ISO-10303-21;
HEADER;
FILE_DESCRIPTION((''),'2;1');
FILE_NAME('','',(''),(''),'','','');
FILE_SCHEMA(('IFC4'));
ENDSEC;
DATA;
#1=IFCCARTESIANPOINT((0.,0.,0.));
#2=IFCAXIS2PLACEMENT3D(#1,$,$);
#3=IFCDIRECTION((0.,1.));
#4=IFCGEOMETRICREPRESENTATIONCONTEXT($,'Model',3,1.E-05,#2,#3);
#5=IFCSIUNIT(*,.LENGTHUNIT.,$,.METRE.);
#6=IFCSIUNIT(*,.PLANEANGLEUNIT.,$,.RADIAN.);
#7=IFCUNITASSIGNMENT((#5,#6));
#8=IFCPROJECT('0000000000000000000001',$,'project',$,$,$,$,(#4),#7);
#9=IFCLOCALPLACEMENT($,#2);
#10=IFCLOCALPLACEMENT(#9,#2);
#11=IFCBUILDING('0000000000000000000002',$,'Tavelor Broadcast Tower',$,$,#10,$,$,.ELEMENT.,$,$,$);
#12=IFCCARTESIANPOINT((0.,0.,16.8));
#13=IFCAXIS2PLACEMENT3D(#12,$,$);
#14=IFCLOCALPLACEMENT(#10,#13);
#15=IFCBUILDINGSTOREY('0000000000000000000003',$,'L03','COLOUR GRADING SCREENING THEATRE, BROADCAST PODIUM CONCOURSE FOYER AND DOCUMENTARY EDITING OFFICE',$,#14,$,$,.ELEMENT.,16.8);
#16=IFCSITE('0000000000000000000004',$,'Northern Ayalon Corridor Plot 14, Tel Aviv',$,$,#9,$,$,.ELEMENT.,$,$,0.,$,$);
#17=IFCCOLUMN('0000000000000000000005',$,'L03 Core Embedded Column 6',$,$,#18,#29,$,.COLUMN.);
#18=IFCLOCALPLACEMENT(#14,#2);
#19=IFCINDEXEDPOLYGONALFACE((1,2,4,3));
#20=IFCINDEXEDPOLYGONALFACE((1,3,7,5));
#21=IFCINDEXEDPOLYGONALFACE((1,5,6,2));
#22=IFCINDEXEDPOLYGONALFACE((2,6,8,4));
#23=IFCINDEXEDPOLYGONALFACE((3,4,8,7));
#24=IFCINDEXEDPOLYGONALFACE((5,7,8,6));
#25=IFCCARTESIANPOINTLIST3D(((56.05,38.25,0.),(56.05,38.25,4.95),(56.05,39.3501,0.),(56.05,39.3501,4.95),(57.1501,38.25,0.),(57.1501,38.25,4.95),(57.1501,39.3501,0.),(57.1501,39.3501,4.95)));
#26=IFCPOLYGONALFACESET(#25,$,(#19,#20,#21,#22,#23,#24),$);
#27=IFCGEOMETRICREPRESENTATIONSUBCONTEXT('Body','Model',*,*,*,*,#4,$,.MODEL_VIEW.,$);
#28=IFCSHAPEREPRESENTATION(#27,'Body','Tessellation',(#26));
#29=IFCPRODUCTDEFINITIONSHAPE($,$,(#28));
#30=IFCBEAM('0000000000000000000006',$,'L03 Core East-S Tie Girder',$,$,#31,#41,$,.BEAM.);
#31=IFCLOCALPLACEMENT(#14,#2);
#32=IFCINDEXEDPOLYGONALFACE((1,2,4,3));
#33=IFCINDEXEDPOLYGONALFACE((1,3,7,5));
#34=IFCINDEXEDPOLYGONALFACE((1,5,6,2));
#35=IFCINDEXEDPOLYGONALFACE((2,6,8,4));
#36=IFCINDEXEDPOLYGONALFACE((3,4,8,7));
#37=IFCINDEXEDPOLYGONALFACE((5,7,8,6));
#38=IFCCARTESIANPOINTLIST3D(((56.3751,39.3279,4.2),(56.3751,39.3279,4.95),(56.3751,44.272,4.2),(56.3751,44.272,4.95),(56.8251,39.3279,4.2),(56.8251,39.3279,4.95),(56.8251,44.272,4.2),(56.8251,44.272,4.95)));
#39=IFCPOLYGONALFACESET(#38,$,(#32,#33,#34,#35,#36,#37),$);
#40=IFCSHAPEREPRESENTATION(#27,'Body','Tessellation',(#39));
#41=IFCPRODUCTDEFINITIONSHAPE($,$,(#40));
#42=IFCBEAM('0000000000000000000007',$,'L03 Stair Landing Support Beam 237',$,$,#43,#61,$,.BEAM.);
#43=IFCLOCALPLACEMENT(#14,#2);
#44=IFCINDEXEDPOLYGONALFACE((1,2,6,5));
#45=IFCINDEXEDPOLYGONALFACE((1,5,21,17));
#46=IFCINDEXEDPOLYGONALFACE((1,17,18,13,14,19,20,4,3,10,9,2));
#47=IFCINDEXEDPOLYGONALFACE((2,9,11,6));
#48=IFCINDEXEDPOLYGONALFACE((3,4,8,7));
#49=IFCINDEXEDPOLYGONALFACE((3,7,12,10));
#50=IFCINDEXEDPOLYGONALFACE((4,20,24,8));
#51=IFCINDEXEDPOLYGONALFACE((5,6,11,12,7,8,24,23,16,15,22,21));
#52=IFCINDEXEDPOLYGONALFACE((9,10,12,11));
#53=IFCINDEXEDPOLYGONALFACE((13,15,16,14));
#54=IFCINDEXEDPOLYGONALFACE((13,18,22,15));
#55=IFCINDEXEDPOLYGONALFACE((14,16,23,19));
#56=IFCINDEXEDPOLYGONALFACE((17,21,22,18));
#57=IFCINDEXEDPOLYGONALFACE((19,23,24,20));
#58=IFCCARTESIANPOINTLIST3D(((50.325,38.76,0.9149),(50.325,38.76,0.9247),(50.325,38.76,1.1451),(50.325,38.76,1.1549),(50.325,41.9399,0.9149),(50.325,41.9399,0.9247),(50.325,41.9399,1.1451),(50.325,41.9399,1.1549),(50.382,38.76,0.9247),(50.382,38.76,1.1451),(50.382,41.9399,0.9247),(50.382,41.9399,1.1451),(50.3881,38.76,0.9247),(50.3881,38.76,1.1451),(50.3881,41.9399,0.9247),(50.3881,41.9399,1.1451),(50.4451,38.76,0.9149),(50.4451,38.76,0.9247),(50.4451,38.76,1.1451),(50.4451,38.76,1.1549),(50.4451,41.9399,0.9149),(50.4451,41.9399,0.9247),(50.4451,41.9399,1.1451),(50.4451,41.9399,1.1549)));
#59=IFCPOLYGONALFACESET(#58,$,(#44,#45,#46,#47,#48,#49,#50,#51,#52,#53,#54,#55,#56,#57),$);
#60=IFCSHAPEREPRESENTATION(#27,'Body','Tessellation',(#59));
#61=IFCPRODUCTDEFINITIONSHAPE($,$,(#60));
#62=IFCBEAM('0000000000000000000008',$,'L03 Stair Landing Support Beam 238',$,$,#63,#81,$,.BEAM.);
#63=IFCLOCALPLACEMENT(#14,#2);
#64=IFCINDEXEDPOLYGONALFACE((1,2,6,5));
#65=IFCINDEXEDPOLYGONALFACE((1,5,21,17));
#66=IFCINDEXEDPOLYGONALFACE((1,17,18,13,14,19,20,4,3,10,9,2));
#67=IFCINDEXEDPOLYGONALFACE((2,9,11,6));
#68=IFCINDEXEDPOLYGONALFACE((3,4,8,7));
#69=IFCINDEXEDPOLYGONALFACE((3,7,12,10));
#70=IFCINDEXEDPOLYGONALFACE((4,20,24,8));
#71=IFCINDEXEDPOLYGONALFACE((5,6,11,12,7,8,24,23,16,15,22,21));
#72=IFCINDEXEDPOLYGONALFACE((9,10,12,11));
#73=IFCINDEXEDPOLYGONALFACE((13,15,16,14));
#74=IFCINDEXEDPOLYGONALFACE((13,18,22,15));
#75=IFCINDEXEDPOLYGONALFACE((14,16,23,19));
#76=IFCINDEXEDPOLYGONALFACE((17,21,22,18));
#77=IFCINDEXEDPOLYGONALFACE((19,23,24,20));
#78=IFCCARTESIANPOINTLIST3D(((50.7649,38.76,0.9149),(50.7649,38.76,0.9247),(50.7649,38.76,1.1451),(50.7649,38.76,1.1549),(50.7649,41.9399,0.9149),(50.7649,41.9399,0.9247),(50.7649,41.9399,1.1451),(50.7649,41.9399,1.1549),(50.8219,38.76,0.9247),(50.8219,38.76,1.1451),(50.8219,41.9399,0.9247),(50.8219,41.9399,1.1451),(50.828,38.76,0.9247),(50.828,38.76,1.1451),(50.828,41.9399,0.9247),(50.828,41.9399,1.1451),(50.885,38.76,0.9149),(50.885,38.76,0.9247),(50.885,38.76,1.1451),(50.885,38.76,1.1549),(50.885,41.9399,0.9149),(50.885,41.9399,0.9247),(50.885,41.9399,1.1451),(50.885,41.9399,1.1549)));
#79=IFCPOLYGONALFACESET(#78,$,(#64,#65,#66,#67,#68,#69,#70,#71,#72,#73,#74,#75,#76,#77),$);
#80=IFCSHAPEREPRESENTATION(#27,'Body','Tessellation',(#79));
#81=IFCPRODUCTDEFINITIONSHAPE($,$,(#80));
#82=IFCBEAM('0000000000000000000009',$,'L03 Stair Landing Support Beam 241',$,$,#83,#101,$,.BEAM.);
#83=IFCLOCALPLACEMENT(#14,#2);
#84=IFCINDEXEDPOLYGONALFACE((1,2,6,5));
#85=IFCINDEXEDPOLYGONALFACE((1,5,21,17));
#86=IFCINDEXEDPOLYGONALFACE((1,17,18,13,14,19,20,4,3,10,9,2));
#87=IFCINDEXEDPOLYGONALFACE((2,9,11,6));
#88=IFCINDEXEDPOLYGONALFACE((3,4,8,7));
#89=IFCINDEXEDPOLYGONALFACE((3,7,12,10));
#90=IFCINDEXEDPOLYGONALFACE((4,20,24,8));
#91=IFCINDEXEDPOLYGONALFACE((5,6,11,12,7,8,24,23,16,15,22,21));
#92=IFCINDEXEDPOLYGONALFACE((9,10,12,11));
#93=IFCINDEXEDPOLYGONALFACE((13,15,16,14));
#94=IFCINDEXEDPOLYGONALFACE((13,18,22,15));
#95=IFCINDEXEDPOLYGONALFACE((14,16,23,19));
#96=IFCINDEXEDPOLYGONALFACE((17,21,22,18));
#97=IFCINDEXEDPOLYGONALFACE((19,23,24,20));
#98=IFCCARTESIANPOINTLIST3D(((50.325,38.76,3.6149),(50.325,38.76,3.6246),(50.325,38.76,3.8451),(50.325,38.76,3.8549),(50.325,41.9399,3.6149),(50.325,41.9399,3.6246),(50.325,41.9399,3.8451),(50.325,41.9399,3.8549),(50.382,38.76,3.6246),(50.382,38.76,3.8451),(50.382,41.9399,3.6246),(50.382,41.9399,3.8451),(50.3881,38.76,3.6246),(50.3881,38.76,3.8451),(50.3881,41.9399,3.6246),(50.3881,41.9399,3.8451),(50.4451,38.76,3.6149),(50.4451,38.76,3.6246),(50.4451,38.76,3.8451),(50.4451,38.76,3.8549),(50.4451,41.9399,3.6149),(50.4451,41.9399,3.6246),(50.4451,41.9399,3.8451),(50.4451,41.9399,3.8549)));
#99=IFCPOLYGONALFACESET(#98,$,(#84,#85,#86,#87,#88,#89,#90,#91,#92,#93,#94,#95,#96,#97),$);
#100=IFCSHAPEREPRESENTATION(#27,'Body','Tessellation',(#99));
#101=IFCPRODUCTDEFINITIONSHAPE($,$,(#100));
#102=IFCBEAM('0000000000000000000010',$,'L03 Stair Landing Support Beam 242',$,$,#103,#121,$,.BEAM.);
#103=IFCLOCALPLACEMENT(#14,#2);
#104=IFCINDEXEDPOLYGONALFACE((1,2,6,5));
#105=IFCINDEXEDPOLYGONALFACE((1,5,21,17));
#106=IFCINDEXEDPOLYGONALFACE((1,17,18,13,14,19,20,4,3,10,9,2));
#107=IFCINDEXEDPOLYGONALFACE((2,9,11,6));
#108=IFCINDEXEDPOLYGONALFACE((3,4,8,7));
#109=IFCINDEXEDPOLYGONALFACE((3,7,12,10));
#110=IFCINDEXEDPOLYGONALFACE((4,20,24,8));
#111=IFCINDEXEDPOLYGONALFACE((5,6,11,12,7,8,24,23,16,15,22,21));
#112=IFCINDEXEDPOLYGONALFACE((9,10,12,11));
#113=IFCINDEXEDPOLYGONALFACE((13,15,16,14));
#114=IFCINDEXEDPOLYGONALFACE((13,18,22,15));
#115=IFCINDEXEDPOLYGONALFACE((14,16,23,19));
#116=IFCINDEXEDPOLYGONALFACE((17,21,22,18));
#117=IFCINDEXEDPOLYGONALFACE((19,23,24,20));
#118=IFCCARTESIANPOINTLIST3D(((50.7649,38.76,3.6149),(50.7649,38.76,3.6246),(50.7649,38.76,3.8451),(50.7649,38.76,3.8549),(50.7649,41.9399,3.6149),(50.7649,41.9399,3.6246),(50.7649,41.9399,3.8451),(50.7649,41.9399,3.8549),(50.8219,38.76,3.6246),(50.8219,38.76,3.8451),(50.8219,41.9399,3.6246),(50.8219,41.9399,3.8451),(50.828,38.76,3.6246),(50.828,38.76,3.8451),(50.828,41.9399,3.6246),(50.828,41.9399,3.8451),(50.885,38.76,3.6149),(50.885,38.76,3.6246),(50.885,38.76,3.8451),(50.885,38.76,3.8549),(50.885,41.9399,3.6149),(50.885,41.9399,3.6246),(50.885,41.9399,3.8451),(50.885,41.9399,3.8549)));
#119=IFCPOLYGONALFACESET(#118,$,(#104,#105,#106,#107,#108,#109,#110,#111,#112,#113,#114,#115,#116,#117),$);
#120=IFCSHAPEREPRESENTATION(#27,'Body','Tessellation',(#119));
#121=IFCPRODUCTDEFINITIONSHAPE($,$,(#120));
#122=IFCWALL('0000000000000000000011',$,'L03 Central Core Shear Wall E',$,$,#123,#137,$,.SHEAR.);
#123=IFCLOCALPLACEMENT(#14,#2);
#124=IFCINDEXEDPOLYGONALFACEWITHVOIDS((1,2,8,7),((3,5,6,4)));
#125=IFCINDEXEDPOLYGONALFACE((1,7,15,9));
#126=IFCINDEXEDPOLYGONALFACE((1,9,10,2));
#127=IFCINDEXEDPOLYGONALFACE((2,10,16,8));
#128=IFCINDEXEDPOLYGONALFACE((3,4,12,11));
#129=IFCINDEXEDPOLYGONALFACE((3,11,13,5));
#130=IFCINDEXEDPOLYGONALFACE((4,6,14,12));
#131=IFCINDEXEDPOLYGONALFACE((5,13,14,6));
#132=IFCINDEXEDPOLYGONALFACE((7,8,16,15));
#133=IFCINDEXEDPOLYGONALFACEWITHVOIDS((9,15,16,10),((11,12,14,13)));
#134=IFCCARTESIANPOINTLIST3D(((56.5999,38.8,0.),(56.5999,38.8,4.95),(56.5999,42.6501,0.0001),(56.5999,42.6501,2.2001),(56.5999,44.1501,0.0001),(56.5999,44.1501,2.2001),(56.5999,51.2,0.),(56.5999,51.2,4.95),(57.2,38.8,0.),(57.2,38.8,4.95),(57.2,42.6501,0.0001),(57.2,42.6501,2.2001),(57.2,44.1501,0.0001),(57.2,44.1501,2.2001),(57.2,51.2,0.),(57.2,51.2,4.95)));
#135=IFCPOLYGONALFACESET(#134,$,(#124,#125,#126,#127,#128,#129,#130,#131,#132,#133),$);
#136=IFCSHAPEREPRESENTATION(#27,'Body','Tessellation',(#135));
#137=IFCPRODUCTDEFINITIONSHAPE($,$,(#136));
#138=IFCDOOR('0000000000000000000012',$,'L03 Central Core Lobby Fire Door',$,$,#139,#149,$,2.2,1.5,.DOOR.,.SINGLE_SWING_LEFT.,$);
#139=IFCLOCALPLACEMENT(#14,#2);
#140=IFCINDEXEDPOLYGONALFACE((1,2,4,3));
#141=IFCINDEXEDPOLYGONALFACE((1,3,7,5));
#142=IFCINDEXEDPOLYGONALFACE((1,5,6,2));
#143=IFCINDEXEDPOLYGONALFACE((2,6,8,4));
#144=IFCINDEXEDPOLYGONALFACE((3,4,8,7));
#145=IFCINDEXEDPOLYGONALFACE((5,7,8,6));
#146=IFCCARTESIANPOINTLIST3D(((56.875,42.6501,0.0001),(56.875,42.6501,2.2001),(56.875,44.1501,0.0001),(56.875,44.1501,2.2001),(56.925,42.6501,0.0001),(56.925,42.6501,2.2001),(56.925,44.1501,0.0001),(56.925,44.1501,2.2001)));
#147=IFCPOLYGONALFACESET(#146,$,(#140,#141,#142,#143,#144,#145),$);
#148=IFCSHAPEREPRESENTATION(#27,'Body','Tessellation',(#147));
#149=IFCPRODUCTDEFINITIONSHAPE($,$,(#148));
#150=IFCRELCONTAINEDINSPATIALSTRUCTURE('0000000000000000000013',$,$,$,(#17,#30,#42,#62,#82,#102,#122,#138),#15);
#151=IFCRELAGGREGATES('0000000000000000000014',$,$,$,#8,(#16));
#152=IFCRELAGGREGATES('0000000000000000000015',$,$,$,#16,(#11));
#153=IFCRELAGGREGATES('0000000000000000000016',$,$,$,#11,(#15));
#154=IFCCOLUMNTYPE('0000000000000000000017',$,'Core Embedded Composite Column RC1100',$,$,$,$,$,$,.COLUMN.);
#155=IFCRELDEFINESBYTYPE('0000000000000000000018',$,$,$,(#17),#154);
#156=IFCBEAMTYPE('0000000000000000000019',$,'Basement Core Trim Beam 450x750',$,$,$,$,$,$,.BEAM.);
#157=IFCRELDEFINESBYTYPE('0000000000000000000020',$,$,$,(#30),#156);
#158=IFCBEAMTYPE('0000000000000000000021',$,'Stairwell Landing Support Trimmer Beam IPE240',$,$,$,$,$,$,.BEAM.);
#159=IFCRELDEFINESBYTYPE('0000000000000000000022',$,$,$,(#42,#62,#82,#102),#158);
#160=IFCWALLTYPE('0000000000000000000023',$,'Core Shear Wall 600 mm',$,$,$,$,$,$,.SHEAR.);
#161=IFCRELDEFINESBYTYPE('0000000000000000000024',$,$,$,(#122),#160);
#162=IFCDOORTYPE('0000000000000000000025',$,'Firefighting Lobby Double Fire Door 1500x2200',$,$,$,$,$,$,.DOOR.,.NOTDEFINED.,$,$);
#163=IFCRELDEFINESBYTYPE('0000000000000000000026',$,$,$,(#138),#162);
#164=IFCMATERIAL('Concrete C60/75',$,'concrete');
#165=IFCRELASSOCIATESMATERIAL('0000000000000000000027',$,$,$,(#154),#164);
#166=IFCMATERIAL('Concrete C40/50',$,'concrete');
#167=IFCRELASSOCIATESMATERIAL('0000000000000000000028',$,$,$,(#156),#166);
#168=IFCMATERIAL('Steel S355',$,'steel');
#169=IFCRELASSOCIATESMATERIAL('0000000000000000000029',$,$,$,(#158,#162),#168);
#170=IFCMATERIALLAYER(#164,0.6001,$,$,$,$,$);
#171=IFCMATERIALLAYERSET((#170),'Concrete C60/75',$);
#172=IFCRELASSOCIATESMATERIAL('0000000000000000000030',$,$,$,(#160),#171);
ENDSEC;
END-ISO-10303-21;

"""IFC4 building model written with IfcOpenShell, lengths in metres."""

from ifc_helpers import new_model, si_unit, direction, frame, frame_2d, origin, origin_2d, place, context, subcontext, project, spatial, rectangle, i_section, extrude, material, layer, layer_set, material_profile, profile_set, type_object, element, fill, save


model = new_model("IFC4")

# Units and contexts
model_context = context("Model", 3, precision=1e-05, world=origin(), true_north=direction((0.0, 1.0)))
body_context = subcontext(model_context, "Body", "Model", "MODEL_VIEW")
ifc_project = project(units=[si_unit("LENGTHUNIT", "METRE"), si_unit("PLANEANGLEUNIT", "RADIAN")], contexts=[model_context])

# Site, building, storey
site_placement = place(None, origin())
site = spatial("IfcSite", under=ifc_project, at=site_placement, Name="Northern Ayalon Corridor Plot 14, Tel Aviv", CompositionType="ELEMENT", RefElevation=0.0)
building_placement = place(site_placement, origin())
building = spatial("IfcBuilding", under=site, at=building_placement, Name="Tavelor Broadcast Tower", CompositionType="ELEMENT")
storey_placement = place(building_placement, frame((0.0, 0.0, 16.8)))
storey = spatial("IfcBuildingStorey", under=building, at=storey_placement, Name="L03", Description="COLOUR GRADING SCREENING THEATRE, BROADCAST PODIUM CONCOURSE FOYER AND DOCUMENTARY EDITING OFFICE", CompositionType="ELEMENT", Elevation=16.8)

# Column
ifc_material_1 = material(Name="Concrete C60/75", Category="concrete")
ifc_material_profile_1 = material_profile(ifc_material_1, rectangle(XDim=1.1001, YDim=1.1001, at=origin_2d()), Name="RC 1100x1100")
ifc_profile_set_1 = profile_set([ifc_material_profile_1], Name="Concrete C60/75")
column_type = type_object("IfcColumnType", Name="Core Embedded Composite Column RC1100", PredefinedType="COLUMN", material=ifc_profile_set_1)
column_placement = place(storey_placement, frame((56.6001, 38.8, 0.0), z_axis=(0.0, 0.0, 1.0), x_axis=(1.0, 0.0, 0.0)))
element("IfcColumn", 1, at=column_placement, inside=storey, type_object=column_type, Name="L03 Core Embedded Column 6", PredefinedType="COLUMN", context=body_context, shape_type="SweptSolid", body=[
    extrude(rectangle(XDim=1.1001, YDim=1.1001, at=origin_2d()), origin(), (0.0, 0.0, 1.0), 4.95),
])

# Beams
ifc_material_2 = material(Name="Concrete C40/50", Category="concrete")
ifc_material_profile_2 = material_profile(ifc_material_2, rectangle(XDim=0.45, YDim=0.75, at=origin_2d()), Name="RC 450x750")
ifc_profile_set_2 = profile_set([ifc_material_profile_2], Name="Concrete C40/50")
beam_type_1 = type_object("IfcBeamType", Name="Basement Core Trim Beam 450x750", PredefinedType="BEAM", material=ifc_profile_set_2)
beam_placement = place(storey_placement, frame((56.6001, 39.3279, 4.575), z_axis=(0.0, 1.0, 0.0), x_axis=(-1.0, 0.0, 0.0)))
element("IfcBeam", 2, at=beam_placement, inside=storey, type_object=beam_type_1, Name="L03 Core East-S Tie Girder", PredefinedType="BEAM", context=body_context, shape_type="SweptSolid", body=[
    extrude(rectangle(XDim=0.45, YDim=0.75, at=origin_2d()), origin(), (0.0, 0.0, 1.0), 4.9441),
])
ifc_material_3 = material(Name="Steel S355", Category="steel")
ifc_material_profile_3 = material_profile(ifc_material_3, i_section(OverallWidth=0.1201, OverallDepth=0.24, WebThickness=0.0061, FlangeThickness=0.0098, at=origin_2d()), Name="IPE 240")
ifc_profile_set_3 = profile_set([ifc_material_profile_3], Name="Steel S355")
beam_type_2 = type_object("IfcBeamType", Name="Stairwell Landing Support Trimmer Beam IPE240", PredefinedType="BEAM", material=ifc_profile_set_3)
for number, where, z_axis, x_axis, name in (
    (3, (50.385, 38.76, 1.0349), (0.0, 1.0, 0.0), (-1.0, 0.0, 0.0), "L03 Stair Landing Support Beam 237"),
    (4, (50.825, 38.76, 1.0349), (0.0, 1.0, 0.0), (-1.0, 0.0, 0.0), "L03 Stair Landing Support Beam 238"),
    (5, (50.385, 38.76, 3.7349), (0.0, 1.0, 0.0), (-1.0, 0.0, 0.0), "L03 Stair Landing Support Beam 241"),
    (6, (50.825, 38.76, 3.7349), (0.0, 1.0, 0.0), (-1.0, 0.0, 0.0), "L03 Stair Landing Support Beam 242"),
):
    element("IfcBeam", number, at=place(storey_placement, frame(where, z_axis=z_axis, x_axis=x_axis)), inside=storey, type_object=beam_type_2, Name=name, PredefinedType="BEAM", context=body_context, shape_type="SweptSolid", body=[
        extrude(i_section(OverallWidth=0.1201, OverallDepth=0.24, WebThickness=0.0061, FlangeThickness=0.0098, at=origin_2d()), origin(), (0.0, 0.0, 1.0), 3.1799),
    ])

# Wall, opening, door
ifc_layer_1 = layer(ifc_material_1, 0.6001)
ifc_layer_set_1 = layer_set([ifc_layer_1], Name="Concrete C60/75")
wall_type_1 = type_object("IfcWallType", Name="Core Shear Wall 600 mm", PredefinedType="SHEAR", material=ifc_layer_set_1)
wall_1_placement = place(storey_placement, frame((56.8999, 38.8, 0.0), z_axis=(0.0, 0.0, 1.0), x_axis=(0.0, 1.0, 0.0)))
wall_1 = element("IfcWall", 7, at=wall_1_placement, inside=storey, type_object=wall_type_1, Name="L03 Central Core Shear Wall E", PredefinedType="SHEAR", context=body_context, shape_type="SweptSolid", body=[
    extrude(rectangle(XDim=12.3999, YDim=0.6001, at=frame_2d((6.2, 0.0))), origin(), (0.0, 0.0, 1.0), 4.95),
])
opening_1_placement = place(wall_1_placement, frame((3.8501, 0.0, 0.0)))
opening_1 = element("IfcOpeningElement", 8, at=opening_1_placement, cuts=wall_1, PredefinedType="OPENING", context=body_context, shape_type="SweptSolid", body=[
    extrude(rectangle(XDim=1.5, YDim=2.2, at=frame_2d((0.75, 1.1001))), frame((0.0, 0.3101, 0.0), z_axis=(0.0, -1.0, 0.0), x_axis=(1.0, 0.0, 0.0)), (0.0, 0.0, 1.0), 0.6201),
])
door_type_1 = type_object("IfcDoorType", Name="Firefighting Lobby Double Fire Door 1500x2200", OperationType="NOTDEFINED", PredefinedType="DOOR", material=ifc_material_3)
door_1_placement = place(opening_1_placement, origin())
door_1 = element("IfcDoor", 9, at=door_1_placement, inside=storey, type_object=door_type_1, Name="L03 Central Core Lobby Fire Door", OperationType="SINGLE_SWING_LEFT", OverallHeight=2.2, OverallWidth=1.5, PredefinedType="DOOR", context=body_context, shape_type="SweptSolid", body=[
    extrude(rectangle(XDim=1.5, YDim=2.2, at=frame_2d((0.75, 1.1001))), frame((0.0, 0.0249, 0.0), z_axis=(0.0, -1.0, 0.0), x_axis=(1.0, 0.0, 0.0)), (0.0, 0.0, 1.0), 0.05),
])
fill(opening_1, door_1)

save(model, "model.ifc")
